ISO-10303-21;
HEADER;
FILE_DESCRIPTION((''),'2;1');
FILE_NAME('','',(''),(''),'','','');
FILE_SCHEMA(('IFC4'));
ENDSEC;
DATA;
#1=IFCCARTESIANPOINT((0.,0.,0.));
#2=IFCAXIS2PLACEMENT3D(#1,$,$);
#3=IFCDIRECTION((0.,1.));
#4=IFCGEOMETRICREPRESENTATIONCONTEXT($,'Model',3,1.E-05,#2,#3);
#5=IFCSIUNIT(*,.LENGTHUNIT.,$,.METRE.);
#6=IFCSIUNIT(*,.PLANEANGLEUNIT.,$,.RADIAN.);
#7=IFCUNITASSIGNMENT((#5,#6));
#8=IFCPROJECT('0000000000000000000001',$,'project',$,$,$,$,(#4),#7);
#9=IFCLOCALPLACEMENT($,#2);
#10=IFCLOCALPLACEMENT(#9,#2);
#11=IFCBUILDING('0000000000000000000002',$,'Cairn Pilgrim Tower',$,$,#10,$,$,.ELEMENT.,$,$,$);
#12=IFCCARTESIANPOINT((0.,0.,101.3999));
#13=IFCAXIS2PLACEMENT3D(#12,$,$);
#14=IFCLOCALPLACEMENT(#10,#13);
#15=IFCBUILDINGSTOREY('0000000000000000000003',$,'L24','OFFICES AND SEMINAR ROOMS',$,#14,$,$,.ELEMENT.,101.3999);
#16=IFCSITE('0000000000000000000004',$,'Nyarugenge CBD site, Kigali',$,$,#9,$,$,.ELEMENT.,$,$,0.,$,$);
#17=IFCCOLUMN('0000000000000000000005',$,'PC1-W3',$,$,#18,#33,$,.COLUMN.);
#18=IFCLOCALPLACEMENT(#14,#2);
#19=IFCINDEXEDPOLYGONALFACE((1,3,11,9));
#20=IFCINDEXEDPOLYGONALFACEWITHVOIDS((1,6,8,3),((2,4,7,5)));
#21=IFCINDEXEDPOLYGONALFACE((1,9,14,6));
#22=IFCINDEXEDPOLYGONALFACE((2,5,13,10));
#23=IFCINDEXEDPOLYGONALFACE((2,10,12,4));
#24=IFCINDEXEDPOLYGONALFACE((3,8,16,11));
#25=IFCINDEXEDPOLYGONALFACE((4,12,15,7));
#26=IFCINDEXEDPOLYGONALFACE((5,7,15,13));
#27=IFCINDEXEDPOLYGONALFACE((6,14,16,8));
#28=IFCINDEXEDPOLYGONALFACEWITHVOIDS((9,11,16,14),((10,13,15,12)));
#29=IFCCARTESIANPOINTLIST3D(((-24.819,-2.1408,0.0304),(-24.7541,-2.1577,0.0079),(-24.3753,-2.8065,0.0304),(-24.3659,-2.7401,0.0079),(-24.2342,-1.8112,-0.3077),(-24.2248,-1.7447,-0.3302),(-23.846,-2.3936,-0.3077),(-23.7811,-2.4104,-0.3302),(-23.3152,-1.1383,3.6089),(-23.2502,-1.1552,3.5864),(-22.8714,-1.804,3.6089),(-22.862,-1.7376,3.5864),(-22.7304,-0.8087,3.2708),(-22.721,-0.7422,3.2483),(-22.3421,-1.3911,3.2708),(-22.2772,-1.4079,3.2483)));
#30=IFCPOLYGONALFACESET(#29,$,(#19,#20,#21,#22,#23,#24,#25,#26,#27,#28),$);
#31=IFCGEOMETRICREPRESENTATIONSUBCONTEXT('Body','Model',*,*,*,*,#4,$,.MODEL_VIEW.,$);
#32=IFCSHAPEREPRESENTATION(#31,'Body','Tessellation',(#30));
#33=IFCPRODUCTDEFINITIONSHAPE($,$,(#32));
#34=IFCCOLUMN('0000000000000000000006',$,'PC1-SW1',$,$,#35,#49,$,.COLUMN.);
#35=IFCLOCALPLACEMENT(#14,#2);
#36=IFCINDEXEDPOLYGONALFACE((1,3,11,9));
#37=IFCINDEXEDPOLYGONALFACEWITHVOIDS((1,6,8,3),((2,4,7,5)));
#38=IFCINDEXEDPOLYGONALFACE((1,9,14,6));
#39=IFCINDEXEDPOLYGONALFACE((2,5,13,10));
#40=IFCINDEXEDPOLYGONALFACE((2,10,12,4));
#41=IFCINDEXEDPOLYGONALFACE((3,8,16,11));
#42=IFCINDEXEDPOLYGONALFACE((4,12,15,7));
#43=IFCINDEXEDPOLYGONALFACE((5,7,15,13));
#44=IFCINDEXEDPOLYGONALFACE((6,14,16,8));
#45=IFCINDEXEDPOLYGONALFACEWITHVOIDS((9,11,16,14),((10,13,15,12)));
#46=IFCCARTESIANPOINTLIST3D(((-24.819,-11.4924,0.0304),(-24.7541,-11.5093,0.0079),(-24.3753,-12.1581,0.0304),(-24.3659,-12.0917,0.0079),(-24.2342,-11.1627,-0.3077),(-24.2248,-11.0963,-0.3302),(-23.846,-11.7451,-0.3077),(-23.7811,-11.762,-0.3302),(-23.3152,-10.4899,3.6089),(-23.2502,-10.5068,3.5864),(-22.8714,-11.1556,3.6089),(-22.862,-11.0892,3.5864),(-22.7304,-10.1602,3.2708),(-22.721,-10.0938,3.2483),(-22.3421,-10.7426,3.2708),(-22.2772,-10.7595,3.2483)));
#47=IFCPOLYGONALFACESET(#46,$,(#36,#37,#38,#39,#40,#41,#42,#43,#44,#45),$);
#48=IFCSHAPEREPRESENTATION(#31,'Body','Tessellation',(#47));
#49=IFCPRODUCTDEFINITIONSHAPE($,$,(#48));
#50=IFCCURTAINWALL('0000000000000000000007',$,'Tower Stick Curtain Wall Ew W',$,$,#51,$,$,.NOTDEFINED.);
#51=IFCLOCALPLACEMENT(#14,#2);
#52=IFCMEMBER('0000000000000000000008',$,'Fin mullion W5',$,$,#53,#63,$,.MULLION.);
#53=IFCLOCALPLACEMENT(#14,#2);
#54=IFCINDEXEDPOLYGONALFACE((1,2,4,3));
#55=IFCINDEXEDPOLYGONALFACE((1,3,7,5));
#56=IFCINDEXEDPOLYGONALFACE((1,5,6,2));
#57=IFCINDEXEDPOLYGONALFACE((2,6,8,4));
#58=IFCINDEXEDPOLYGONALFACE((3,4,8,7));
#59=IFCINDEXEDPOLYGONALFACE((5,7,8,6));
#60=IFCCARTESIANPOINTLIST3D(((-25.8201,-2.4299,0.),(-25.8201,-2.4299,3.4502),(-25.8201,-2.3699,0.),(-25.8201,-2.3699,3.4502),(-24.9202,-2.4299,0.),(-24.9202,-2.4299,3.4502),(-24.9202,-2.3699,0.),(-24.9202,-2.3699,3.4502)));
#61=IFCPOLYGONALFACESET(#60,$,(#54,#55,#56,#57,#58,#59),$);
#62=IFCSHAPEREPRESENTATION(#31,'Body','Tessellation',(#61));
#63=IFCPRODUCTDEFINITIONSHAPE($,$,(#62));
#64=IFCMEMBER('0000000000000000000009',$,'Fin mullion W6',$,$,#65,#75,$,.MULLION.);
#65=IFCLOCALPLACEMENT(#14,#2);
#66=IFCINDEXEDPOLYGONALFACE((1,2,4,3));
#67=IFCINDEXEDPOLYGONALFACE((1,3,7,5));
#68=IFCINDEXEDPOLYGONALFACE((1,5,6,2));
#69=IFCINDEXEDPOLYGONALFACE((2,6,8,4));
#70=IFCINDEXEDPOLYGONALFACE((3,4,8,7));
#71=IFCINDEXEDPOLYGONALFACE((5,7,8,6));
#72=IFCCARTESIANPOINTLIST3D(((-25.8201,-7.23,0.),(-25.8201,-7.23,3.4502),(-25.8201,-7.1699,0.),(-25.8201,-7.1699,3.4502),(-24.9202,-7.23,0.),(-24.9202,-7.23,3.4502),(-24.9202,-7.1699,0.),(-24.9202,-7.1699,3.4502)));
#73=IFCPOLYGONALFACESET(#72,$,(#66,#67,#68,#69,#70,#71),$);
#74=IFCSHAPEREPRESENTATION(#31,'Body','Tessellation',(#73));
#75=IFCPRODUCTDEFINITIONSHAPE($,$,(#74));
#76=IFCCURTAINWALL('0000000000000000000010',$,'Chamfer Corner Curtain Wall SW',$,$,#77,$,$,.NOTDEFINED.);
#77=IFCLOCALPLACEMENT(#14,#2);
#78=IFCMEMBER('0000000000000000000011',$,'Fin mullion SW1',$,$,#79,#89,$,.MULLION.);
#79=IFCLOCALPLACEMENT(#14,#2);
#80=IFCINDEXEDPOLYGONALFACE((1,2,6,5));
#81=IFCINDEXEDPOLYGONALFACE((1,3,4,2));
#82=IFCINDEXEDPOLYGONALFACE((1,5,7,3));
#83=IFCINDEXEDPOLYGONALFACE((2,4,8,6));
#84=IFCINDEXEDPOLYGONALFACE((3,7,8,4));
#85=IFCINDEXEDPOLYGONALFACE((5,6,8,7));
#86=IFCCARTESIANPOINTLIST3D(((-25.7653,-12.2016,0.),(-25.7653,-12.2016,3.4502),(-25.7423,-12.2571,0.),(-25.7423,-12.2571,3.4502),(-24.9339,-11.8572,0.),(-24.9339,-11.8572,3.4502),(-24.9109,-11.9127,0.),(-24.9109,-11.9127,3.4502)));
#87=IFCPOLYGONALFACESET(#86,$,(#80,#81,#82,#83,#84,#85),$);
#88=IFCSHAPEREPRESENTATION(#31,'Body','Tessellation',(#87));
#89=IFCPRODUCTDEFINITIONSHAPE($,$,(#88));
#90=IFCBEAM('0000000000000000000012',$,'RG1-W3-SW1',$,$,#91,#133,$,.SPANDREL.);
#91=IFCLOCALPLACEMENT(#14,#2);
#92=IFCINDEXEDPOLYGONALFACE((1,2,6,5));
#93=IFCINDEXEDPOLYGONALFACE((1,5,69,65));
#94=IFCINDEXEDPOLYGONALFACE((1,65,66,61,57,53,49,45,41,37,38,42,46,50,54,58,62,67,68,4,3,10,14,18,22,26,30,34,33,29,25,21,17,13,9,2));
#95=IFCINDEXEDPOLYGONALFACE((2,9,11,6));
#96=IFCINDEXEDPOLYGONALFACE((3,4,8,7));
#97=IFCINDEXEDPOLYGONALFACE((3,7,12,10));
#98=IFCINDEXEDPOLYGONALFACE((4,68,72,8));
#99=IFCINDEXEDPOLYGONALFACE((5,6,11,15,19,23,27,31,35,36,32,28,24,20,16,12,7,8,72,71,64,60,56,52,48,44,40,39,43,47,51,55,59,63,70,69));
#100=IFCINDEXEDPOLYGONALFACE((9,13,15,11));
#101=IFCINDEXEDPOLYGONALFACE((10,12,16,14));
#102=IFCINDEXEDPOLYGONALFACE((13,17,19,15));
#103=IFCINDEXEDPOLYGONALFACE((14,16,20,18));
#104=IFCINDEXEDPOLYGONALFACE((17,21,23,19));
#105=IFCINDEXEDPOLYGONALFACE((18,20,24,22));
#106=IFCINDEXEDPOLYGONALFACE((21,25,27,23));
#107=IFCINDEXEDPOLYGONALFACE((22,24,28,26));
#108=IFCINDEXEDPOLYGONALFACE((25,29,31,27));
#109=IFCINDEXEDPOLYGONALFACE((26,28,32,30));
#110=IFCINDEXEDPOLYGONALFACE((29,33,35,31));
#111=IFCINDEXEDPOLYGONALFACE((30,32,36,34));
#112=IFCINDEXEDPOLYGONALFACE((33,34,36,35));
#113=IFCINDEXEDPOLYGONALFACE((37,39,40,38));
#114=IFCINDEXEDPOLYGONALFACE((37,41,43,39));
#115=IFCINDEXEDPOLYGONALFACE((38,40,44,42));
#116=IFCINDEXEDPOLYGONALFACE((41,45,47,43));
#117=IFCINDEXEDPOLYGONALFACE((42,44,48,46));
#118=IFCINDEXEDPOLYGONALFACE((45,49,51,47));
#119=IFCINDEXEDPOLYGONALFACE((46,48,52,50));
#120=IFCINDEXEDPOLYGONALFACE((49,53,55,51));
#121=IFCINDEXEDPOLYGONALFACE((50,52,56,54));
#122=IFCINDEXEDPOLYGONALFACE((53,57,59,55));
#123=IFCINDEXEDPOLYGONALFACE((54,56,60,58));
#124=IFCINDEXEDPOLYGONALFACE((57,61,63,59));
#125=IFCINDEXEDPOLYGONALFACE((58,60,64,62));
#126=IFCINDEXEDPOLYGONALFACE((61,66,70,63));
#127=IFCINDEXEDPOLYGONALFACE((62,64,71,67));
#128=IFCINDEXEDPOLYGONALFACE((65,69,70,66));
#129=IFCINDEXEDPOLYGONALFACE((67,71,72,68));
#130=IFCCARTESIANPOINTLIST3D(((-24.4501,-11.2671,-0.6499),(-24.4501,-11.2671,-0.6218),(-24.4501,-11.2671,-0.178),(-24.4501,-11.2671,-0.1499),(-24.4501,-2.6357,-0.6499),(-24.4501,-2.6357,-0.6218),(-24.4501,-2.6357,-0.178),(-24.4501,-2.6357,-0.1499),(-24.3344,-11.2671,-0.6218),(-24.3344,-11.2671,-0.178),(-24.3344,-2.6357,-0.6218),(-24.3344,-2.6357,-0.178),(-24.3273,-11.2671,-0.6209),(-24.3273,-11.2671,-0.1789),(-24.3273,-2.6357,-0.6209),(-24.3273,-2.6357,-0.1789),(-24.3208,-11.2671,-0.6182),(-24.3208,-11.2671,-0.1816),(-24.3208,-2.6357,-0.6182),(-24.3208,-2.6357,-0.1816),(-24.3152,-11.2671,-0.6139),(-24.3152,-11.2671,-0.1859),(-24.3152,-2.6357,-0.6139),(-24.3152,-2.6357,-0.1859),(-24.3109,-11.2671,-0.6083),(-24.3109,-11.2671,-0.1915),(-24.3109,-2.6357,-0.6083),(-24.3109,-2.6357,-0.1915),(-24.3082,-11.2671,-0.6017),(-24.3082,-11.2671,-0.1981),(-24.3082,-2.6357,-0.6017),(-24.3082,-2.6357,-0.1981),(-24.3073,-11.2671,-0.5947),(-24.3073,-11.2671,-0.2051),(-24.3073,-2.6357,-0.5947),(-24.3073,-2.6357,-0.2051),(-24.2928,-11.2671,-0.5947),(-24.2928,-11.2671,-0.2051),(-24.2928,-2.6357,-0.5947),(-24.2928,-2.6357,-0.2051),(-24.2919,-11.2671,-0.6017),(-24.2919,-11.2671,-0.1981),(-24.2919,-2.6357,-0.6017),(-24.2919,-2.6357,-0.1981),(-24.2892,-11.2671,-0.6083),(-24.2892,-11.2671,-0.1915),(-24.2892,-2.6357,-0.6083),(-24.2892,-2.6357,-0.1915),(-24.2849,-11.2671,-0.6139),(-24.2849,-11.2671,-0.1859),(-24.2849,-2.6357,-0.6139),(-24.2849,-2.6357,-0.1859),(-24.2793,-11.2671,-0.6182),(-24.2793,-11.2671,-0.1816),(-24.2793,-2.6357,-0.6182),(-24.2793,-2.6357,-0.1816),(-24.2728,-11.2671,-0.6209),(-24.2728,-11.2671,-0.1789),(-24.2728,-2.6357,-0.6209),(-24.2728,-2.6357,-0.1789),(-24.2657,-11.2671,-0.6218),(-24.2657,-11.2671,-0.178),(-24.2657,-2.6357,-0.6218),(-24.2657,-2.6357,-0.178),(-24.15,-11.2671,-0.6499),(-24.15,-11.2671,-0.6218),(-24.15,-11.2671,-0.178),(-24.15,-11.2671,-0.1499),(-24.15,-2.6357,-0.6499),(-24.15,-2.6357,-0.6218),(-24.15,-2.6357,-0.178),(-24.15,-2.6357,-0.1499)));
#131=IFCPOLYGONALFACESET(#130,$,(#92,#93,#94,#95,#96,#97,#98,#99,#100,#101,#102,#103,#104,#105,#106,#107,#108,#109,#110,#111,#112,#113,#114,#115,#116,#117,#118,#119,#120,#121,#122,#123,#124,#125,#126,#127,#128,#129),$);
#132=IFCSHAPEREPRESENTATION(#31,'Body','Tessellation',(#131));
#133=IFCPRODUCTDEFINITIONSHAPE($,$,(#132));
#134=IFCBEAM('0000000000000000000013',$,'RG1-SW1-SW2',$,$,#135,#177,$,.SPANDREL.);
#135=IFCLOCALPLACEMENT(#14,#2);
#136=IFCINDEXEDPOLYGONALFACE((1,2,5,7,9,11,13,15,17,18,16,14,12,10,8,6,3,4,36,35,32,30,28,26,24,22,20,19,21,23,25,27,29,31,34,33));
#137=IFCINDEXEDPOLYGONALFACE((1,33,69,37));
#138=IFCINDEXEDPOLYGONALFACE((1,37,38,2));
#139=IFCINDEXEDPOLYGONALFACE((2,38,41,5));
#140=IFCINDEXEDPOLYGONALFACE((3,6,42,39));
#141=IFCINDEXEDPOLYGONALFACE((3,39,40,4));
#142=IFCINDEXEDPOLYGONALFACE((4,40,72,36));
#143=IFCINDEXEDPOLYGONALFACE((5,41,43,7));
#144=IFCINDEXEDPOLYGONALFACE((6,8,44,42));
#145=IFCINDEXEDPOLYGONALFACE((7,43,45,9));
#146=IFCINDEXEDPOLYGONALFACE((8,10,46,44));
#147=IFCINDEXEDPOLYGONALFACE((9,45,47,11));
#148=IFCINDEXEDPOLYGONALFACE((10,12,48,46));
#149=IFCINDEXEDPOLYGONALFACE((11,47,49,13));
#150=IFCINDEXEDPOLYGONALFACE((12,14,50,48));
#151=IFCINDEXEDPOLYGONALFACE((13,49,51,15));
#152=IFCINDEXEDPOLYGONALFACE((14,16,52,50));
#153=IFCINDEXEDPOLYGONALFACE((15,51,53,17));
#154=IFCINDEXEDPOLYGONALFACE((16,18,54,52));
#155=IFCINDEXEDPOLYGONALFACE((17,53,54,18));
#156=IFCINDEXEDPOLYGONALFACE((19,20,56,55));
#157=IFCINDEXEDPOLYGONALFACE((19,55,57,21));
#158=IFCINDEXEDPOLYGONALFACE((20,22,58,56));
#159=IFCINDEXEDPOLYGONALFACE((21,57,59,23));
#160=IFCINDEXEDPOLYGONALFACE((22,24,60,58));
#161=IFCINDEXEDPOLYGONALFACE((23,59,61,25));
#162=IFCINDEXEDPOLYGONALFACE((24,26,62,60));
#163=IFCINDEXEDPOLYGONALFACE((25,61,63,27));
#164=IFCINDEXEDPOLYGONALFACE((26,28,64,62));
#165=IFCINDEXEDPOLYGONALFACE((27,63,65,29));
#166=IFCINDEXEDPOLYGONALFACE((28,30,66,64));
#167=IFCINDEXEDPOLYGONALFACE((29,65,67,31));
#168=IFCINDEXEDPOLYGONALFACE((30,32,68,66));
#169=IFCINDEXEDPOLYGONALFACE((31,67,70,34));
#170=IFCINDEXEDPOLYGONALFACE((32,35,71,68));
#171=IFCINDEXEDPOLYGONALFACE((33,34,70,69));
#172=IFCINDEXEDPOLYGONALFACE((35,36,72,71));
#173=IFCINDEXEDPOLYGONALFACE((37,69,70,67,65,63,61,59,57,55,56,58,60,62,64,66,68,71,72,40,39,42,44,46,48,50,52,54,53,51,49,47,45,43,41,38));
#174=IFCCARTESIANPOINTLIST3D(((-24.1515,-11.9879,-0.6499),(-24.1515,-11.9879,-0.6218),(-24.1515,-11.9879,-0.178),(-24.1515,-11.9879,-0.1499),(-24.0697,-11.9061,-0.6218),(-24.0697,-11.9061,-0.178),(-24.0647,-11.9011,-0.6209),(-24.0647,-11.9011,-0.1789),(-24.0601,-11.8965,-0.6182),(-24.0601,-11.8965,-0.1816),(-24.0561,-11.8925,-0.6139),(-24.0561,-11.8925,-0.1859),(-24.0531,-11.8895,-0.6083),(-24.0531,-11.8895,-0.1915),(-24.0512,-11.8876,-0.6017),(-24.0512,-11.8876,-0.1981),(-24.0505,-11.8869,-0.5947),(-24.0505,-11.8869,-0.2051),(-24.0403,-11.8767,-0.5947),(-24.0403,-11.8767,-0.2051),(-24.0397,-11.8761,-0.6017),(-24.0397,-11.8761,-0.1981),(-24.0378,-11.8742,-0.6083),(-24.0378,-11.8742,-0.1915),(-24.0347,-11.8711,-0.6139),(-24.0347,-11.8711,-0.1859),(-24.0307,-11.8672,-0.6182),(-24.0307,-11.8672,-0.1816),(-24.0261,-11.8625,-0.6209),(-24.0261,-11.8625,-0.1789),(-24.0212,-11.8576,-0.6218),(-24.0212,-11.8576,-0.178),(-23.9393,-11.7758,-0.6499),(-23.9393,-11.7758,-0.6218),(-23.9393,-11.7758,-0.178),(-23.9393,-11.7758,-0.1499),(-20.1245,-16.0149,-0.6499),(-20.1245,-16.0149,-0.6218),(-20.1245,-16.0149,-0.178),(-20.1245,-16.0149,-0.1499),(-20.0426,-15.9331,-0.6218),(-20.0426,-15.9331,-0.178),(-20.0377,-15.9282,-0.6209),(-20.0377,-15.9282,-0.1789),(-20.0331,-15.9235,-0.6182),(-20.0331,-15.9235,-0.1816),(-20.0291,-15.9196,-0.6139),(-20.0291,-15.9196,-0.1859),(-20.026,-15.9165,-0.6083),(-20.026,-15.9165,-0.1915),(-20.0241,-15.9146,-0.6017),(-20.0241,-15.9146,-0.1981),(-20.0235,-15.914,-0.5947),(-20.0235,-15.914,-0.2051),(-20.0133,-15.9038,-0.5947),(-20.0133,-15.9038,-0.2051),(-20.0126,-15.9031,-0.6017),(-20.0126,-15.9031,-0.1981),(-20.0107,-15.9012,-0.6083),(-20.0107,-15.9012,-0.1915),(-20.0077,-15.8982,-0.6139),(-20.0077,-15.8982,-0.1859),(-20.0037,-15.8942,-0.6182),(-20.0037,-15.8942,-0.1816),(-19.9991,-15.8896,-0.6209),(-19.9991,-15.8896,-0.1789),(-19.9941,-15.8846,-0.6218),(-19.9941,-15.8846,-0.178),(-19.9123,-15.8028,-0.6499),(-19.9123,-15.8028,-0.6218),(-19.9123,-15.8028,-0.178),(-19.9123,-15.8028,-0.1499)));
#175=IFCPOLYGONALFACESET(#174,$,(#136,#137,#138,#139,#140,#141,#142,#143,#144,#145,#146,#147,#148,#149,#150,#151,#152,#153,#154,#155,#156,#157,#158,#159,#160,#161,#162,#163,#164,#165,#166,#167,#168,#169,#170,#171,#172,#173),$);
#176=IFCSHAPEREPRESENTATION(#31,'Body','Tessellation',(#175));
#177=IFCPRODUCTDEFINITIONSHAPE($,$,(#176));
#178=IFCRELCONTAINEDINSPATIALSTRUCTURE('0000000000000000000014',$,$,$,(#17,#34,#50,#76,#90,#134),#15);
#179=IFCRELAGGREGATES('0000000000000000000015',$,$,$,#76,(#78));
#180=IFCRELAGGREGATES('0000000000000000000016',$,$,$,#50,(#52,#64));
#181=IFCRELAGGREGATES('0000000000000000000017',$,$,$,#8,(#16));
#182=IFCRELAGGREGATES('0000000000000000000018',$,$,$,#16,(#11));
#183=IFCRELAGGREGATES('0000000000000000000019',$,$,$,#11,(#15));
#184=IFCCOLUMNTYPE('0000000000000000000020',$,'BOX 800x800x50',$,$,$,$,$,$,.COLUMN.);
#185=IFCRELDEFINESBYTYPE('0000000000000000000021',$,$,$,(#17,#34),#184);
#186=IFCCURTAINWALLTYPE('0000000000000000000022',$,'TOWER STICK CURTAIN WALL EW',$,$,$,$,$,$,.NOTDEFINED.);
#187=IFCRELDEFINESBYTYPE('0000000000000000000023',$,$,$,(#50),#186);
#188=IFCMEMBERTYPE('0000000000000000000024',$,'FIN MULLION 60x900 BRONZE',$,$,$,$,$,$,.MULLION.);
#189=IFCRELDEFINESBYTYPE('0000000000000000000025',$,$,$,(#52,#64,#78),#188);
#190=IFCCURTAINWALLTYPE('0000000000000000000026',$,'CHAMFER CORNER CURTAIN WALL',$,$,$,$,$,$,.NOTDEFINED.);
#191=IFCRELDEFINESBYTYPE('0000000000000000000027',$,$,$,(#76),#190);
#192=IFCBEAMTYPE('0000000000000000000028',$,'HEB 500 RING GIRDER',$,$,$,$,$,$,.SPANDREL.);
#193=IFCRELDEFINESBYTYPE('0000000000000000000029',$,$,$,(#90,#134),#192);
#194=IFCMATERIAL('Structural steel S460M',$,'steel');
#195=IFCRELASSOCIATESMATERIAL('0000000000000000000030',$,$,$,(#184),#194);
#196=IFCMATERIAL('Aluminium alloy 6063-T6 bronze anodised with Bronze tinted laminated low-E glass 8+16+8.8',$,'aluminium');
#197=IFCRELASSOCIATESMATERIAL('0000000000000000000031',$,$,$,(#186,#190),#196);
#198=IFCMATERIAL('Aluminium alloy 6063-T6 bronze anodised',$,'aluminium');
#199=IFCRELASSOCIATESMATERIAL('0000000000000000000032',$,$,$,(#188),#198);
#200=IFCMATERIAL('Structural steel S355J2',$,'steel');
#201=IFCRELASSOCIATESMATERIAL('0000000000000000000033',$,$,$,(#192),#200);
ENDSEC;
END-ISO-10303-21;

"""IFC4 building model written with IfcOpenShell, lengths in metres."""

from ifc_helpers import new_model, si_unit, direction, frame, origin, origin_2d, place, context, subcontext, project, spatial, rectangle, hollow_rectangle, i_section, extrude, clip, halfspace, material, material_profile, profile_set, type_object, element, aggregate, save


model = new_model("IFC4")

# Units and contexts
model_context = context("Model", 3, precision=1e-05, world=origin(), true_north=direction((0.0, 1.0)))
body_context = subcontext(model_context, "Body", "Model", "MODEL_VIEW")
ifc_project = project(units=[si_unit("LENGTHUNIT", "METRE"), si_unit("PLANEANGLEUNIT", "RADIAN")], contexts=[model_context])

# Site, building, storey
site_placement = place(None, origin())
site = spatial("IfcSite", under=ifc_project, at=site_placement, Name="Nyarugenge CBD site, Kigali", CompositionType="ELEMENT", RefElevation=0.0)
building_placement = place(site_placement, origin())
building = spatial("IfcBuilding", under=site, at=building_placement, Name="Cairn Pilgrim Tower", CompositionType="ELEMENT")
storey_placement = place(building_placement, frame((0.0, 0.0, 101.3999)))
storey = spatial("IfcBuildingStorey", under=building, at=storey_placement, Name="L24", Description="OFFICES AND SEMINAR ROOMS", CompositionType="ELEMENT", Elevation=101.3999)

# Columns
ifc_material_1 = material(Name="Structural steel S460M", Category="steel")
ifc_material_profile_1 = material_profile(ifc_material_1, hollow_rectangle(XDim=0.8, YDim=0.8, WallThickness=0.05, at=origin_2d()), Name="BOX 800x800x50")
ifc_profile_set_1 = profile_set([ifc_material_profile_1], Name="Structural steel S460M")
column_type = type_object("IfcColumnType", Name="BOX 800x800x50", PredefinedType="COLUMN", material=ifc_profile_set_1)
for number, where, z_axis, x_axis, name in (
    (1, (-24.3, -2.2756, -0.1499), (0.37512, 0.25006, 0.892612), (-0.554669, 0.832071, 0.0), "PC1-W3"),
    (2, (-24.3, -11.6272, -0.1499), (0.37512, 0.25006, 0.892612), (-0.554669, 0.832071, 0.0), "PC1-SW1"),
):
    element("IfcColumn", number, at=place(storey_placement, frame(where, z_axis=z_axis, x_axis=x_axis)), inside=storey, type_object=column_type, Name=name, PredefinedType="COLUMN", context=body_context, shape_type="Clipping", body=[
        clip(extrude(hollow_rectangle(XDim=0.8, YDim=0.8, WallThickness=0.05, at=origin_2d()), origin(), (0.0, 0.0, 1.0), 4.0332), halfspace(frame((0.0, 0.0, 4.009), z_axis=(0.0, 0.0, 1.0), x_axis=(1.0, 0.0, 0.0)), False)),
    ])

# Curtain wall, members
ifc_material_2 = material(Name="Aluminium alloy 6063-T6 bronze anodised with Bronze tinted laminated low-E glass 8+16+8.8", Category="aluminium")
curtain_wall_type_1 = type_object("IfcCurtainWallType", Name="TOWER STICK CURTAIN WALL EW", PredefinedType="NOTDEFINED", material=ifc_material_2)
curtain_wall_1_placement = place(storey_placement, origin())
curtain_wall_1 = element("IfcCurtainWall", 3, at=curtain_wall_1_placement, inside=storey, type_object=curtain_wall_type_1, Name="Tower Stick Curtain Wall Ew W", PredefinedType="NOTDEFINED")
ifc_material_3 = material(Name="Aluminium alloy 6063-T6 bronze anodised", Category="aluminium")
ifc_material_profile_2 = material_profile(ifc_material_3, rectangle(XDim=0.8999, YDim=0.0601, at=origin_2d()), Name="FIN MULLION 60x900 BRONZE")
ifc_profile_set_2 = profile_set([ifc_material_profile_2], Name="Aluminium alloy 6063-T6 bronze anodised")
member_type_1 = type_object("IfcMemberType", Name="FIN MULLION 60x900 BRONZE", PredefinedType="MULLION", material=ifc_profile_set_2)
member_1_placement = place(storey_placement, frame((-25.3701, -2.3999, 0.0), z_axis=(0.0, 0.0, 1.0), x_axis=(-1.0, 0.0, 0.0)))
member_1 = element("IfcMember", 4, at=member_1_placement, type_object=member_type_1, Name="Fin mullion W5", PredefinedType="MULLION", context=body_context, shape_type="SweptSolid", body=[
    extrude(rectangle(XDim=0.8999, YDim=0.0601, at=origin_2d()), origin(), (0.0, 0.0, 1.0), 3.4502),
])
member_2_placement = place(storey_placement, frame((-25.3701, -7.2, 0.0), z_axis=(0.0, 0.0, 1.0), x_axis=(-1.0, 0.0, 0.0)))
member_2 = element("IfcMember", 5, at=member_2_placement, type_object=member_type_1, Name="Fin mullion W6", PredefinedType="MULLION", context=body_context, shape_type="SweptSolid", body=[
    extrude(rectangle(XDim=0.8999, YDim=0.0601, at=origin_2d()), origin(), (0.0, 0.0, 1.0), 3.4502),
])

# Curtain wall, member
curtain_wall_type_2 = type_object("IfcCurtainWallType", Name="CHAMFER CORNER CURTAIN WALL", PredefinedType="NOTDEFINED", material=ifc_material_2)
curtain_wall_2_placement = place(storey_placement, origin())
curtain_wall_2 = element("IfcCurtainWall", 6, at=curtain_wall_2_placement, inside=storey, type_object=curtain_wall_type_2, Name="Chamfer Corner Curtain Wall SW", PredefinedType="NOTDEFINED")
member_3_placement = place(storey_placement, frame((-25.3381, -12.0571, 0.0), z_axis=(0.0, 0.0, 1.0), x_axis=(-0.92388, -0.382683, 0.0)))
member_3 = element("IfcMember", 7, at=member_3_placement, type_object=member_type_1, Name="Fin mullion SW1", PredefinedType="MULLION", context=body_context, shape_type="SweptSolid", body=[
    extrude(rectangle(XDim=0.8999, YDim=0.0601, at=origin_2d()), origin(), (0.0, 0.0, 1.0), 3.4502),
])

# Beams
ifc_material_4 = material(Name="Structural steel S355J2", Category="steel")
ifc_material_profile_3 = material_profile(ifc_material_4, i_section(OverallWidth=0.3, OverallDepth=0.5, WebThickness=0.0144, FlangeThickness=0.0281, FilletRadius=0.0271, at=origin_2d()), Name="HEB 500")
ifc_profile_set_3 = profile_set([ifc_material_profile_3], Name="Structural steel S355J2")
beam_type_1 = type_object("IfcBeamType", Name="HEB 500 RING GIRDER", PredefinedType="SPANDREL", material=ifc_profile_set_3)
beam_1_placement = place(storey_placement, frame((-24.3, -2.6357, -0.3999), z_axis=(0.0, -1.0, 0.0), x_axis=(1.0, 0.0, 0.0)))
element("IfcBeam", 8, at=beam_1_placement, inside=storey, type_object=beam_type_1, Name="RG1-W3-SW1", PredefinedType="SPANDREL", context=body_context, shape_type="SweptSolid", body=[
    extrude(i_section(OverallWidth=0.3, OverallDepth=0.5, WebThickness=0.0144, FlangeThickness=0.0281, FilletRadius=0.0271, at=origin_2d()), origin(), (0.0, 0.0, 1.0), 8.6313),
])
beam_2_placement = place(storey_placement, frame((-24.0454, -11.8818, -0.3999), z_axis=(0.707107, -0.707107, 0.0), x_axis=(0.707107, 0.707107, 0.0)))
element("IfcBeam", 9, at=beam_2_placement, inside=storey, type_object=beam_type_1, Name="RG1-SW1-SW2", PredefinedType="SPANDREL", context=body_context, shape_type="SweptSolid", body=[
    extrude(i_section(OverallWidth=0.3, OverallDepth=0.5, WebThickness=0.0144, FlangeThickness=0.0281, FilletRadius=0.0271, at=origin_2d()), origin(), (0.0, 0.0, 1.0), 5.6951),
])

aggregate(curtain_wall_2, [member_3])
aggregate(curtain_wall_1, [member_1, member_2])

save(model, "model.ifc")
